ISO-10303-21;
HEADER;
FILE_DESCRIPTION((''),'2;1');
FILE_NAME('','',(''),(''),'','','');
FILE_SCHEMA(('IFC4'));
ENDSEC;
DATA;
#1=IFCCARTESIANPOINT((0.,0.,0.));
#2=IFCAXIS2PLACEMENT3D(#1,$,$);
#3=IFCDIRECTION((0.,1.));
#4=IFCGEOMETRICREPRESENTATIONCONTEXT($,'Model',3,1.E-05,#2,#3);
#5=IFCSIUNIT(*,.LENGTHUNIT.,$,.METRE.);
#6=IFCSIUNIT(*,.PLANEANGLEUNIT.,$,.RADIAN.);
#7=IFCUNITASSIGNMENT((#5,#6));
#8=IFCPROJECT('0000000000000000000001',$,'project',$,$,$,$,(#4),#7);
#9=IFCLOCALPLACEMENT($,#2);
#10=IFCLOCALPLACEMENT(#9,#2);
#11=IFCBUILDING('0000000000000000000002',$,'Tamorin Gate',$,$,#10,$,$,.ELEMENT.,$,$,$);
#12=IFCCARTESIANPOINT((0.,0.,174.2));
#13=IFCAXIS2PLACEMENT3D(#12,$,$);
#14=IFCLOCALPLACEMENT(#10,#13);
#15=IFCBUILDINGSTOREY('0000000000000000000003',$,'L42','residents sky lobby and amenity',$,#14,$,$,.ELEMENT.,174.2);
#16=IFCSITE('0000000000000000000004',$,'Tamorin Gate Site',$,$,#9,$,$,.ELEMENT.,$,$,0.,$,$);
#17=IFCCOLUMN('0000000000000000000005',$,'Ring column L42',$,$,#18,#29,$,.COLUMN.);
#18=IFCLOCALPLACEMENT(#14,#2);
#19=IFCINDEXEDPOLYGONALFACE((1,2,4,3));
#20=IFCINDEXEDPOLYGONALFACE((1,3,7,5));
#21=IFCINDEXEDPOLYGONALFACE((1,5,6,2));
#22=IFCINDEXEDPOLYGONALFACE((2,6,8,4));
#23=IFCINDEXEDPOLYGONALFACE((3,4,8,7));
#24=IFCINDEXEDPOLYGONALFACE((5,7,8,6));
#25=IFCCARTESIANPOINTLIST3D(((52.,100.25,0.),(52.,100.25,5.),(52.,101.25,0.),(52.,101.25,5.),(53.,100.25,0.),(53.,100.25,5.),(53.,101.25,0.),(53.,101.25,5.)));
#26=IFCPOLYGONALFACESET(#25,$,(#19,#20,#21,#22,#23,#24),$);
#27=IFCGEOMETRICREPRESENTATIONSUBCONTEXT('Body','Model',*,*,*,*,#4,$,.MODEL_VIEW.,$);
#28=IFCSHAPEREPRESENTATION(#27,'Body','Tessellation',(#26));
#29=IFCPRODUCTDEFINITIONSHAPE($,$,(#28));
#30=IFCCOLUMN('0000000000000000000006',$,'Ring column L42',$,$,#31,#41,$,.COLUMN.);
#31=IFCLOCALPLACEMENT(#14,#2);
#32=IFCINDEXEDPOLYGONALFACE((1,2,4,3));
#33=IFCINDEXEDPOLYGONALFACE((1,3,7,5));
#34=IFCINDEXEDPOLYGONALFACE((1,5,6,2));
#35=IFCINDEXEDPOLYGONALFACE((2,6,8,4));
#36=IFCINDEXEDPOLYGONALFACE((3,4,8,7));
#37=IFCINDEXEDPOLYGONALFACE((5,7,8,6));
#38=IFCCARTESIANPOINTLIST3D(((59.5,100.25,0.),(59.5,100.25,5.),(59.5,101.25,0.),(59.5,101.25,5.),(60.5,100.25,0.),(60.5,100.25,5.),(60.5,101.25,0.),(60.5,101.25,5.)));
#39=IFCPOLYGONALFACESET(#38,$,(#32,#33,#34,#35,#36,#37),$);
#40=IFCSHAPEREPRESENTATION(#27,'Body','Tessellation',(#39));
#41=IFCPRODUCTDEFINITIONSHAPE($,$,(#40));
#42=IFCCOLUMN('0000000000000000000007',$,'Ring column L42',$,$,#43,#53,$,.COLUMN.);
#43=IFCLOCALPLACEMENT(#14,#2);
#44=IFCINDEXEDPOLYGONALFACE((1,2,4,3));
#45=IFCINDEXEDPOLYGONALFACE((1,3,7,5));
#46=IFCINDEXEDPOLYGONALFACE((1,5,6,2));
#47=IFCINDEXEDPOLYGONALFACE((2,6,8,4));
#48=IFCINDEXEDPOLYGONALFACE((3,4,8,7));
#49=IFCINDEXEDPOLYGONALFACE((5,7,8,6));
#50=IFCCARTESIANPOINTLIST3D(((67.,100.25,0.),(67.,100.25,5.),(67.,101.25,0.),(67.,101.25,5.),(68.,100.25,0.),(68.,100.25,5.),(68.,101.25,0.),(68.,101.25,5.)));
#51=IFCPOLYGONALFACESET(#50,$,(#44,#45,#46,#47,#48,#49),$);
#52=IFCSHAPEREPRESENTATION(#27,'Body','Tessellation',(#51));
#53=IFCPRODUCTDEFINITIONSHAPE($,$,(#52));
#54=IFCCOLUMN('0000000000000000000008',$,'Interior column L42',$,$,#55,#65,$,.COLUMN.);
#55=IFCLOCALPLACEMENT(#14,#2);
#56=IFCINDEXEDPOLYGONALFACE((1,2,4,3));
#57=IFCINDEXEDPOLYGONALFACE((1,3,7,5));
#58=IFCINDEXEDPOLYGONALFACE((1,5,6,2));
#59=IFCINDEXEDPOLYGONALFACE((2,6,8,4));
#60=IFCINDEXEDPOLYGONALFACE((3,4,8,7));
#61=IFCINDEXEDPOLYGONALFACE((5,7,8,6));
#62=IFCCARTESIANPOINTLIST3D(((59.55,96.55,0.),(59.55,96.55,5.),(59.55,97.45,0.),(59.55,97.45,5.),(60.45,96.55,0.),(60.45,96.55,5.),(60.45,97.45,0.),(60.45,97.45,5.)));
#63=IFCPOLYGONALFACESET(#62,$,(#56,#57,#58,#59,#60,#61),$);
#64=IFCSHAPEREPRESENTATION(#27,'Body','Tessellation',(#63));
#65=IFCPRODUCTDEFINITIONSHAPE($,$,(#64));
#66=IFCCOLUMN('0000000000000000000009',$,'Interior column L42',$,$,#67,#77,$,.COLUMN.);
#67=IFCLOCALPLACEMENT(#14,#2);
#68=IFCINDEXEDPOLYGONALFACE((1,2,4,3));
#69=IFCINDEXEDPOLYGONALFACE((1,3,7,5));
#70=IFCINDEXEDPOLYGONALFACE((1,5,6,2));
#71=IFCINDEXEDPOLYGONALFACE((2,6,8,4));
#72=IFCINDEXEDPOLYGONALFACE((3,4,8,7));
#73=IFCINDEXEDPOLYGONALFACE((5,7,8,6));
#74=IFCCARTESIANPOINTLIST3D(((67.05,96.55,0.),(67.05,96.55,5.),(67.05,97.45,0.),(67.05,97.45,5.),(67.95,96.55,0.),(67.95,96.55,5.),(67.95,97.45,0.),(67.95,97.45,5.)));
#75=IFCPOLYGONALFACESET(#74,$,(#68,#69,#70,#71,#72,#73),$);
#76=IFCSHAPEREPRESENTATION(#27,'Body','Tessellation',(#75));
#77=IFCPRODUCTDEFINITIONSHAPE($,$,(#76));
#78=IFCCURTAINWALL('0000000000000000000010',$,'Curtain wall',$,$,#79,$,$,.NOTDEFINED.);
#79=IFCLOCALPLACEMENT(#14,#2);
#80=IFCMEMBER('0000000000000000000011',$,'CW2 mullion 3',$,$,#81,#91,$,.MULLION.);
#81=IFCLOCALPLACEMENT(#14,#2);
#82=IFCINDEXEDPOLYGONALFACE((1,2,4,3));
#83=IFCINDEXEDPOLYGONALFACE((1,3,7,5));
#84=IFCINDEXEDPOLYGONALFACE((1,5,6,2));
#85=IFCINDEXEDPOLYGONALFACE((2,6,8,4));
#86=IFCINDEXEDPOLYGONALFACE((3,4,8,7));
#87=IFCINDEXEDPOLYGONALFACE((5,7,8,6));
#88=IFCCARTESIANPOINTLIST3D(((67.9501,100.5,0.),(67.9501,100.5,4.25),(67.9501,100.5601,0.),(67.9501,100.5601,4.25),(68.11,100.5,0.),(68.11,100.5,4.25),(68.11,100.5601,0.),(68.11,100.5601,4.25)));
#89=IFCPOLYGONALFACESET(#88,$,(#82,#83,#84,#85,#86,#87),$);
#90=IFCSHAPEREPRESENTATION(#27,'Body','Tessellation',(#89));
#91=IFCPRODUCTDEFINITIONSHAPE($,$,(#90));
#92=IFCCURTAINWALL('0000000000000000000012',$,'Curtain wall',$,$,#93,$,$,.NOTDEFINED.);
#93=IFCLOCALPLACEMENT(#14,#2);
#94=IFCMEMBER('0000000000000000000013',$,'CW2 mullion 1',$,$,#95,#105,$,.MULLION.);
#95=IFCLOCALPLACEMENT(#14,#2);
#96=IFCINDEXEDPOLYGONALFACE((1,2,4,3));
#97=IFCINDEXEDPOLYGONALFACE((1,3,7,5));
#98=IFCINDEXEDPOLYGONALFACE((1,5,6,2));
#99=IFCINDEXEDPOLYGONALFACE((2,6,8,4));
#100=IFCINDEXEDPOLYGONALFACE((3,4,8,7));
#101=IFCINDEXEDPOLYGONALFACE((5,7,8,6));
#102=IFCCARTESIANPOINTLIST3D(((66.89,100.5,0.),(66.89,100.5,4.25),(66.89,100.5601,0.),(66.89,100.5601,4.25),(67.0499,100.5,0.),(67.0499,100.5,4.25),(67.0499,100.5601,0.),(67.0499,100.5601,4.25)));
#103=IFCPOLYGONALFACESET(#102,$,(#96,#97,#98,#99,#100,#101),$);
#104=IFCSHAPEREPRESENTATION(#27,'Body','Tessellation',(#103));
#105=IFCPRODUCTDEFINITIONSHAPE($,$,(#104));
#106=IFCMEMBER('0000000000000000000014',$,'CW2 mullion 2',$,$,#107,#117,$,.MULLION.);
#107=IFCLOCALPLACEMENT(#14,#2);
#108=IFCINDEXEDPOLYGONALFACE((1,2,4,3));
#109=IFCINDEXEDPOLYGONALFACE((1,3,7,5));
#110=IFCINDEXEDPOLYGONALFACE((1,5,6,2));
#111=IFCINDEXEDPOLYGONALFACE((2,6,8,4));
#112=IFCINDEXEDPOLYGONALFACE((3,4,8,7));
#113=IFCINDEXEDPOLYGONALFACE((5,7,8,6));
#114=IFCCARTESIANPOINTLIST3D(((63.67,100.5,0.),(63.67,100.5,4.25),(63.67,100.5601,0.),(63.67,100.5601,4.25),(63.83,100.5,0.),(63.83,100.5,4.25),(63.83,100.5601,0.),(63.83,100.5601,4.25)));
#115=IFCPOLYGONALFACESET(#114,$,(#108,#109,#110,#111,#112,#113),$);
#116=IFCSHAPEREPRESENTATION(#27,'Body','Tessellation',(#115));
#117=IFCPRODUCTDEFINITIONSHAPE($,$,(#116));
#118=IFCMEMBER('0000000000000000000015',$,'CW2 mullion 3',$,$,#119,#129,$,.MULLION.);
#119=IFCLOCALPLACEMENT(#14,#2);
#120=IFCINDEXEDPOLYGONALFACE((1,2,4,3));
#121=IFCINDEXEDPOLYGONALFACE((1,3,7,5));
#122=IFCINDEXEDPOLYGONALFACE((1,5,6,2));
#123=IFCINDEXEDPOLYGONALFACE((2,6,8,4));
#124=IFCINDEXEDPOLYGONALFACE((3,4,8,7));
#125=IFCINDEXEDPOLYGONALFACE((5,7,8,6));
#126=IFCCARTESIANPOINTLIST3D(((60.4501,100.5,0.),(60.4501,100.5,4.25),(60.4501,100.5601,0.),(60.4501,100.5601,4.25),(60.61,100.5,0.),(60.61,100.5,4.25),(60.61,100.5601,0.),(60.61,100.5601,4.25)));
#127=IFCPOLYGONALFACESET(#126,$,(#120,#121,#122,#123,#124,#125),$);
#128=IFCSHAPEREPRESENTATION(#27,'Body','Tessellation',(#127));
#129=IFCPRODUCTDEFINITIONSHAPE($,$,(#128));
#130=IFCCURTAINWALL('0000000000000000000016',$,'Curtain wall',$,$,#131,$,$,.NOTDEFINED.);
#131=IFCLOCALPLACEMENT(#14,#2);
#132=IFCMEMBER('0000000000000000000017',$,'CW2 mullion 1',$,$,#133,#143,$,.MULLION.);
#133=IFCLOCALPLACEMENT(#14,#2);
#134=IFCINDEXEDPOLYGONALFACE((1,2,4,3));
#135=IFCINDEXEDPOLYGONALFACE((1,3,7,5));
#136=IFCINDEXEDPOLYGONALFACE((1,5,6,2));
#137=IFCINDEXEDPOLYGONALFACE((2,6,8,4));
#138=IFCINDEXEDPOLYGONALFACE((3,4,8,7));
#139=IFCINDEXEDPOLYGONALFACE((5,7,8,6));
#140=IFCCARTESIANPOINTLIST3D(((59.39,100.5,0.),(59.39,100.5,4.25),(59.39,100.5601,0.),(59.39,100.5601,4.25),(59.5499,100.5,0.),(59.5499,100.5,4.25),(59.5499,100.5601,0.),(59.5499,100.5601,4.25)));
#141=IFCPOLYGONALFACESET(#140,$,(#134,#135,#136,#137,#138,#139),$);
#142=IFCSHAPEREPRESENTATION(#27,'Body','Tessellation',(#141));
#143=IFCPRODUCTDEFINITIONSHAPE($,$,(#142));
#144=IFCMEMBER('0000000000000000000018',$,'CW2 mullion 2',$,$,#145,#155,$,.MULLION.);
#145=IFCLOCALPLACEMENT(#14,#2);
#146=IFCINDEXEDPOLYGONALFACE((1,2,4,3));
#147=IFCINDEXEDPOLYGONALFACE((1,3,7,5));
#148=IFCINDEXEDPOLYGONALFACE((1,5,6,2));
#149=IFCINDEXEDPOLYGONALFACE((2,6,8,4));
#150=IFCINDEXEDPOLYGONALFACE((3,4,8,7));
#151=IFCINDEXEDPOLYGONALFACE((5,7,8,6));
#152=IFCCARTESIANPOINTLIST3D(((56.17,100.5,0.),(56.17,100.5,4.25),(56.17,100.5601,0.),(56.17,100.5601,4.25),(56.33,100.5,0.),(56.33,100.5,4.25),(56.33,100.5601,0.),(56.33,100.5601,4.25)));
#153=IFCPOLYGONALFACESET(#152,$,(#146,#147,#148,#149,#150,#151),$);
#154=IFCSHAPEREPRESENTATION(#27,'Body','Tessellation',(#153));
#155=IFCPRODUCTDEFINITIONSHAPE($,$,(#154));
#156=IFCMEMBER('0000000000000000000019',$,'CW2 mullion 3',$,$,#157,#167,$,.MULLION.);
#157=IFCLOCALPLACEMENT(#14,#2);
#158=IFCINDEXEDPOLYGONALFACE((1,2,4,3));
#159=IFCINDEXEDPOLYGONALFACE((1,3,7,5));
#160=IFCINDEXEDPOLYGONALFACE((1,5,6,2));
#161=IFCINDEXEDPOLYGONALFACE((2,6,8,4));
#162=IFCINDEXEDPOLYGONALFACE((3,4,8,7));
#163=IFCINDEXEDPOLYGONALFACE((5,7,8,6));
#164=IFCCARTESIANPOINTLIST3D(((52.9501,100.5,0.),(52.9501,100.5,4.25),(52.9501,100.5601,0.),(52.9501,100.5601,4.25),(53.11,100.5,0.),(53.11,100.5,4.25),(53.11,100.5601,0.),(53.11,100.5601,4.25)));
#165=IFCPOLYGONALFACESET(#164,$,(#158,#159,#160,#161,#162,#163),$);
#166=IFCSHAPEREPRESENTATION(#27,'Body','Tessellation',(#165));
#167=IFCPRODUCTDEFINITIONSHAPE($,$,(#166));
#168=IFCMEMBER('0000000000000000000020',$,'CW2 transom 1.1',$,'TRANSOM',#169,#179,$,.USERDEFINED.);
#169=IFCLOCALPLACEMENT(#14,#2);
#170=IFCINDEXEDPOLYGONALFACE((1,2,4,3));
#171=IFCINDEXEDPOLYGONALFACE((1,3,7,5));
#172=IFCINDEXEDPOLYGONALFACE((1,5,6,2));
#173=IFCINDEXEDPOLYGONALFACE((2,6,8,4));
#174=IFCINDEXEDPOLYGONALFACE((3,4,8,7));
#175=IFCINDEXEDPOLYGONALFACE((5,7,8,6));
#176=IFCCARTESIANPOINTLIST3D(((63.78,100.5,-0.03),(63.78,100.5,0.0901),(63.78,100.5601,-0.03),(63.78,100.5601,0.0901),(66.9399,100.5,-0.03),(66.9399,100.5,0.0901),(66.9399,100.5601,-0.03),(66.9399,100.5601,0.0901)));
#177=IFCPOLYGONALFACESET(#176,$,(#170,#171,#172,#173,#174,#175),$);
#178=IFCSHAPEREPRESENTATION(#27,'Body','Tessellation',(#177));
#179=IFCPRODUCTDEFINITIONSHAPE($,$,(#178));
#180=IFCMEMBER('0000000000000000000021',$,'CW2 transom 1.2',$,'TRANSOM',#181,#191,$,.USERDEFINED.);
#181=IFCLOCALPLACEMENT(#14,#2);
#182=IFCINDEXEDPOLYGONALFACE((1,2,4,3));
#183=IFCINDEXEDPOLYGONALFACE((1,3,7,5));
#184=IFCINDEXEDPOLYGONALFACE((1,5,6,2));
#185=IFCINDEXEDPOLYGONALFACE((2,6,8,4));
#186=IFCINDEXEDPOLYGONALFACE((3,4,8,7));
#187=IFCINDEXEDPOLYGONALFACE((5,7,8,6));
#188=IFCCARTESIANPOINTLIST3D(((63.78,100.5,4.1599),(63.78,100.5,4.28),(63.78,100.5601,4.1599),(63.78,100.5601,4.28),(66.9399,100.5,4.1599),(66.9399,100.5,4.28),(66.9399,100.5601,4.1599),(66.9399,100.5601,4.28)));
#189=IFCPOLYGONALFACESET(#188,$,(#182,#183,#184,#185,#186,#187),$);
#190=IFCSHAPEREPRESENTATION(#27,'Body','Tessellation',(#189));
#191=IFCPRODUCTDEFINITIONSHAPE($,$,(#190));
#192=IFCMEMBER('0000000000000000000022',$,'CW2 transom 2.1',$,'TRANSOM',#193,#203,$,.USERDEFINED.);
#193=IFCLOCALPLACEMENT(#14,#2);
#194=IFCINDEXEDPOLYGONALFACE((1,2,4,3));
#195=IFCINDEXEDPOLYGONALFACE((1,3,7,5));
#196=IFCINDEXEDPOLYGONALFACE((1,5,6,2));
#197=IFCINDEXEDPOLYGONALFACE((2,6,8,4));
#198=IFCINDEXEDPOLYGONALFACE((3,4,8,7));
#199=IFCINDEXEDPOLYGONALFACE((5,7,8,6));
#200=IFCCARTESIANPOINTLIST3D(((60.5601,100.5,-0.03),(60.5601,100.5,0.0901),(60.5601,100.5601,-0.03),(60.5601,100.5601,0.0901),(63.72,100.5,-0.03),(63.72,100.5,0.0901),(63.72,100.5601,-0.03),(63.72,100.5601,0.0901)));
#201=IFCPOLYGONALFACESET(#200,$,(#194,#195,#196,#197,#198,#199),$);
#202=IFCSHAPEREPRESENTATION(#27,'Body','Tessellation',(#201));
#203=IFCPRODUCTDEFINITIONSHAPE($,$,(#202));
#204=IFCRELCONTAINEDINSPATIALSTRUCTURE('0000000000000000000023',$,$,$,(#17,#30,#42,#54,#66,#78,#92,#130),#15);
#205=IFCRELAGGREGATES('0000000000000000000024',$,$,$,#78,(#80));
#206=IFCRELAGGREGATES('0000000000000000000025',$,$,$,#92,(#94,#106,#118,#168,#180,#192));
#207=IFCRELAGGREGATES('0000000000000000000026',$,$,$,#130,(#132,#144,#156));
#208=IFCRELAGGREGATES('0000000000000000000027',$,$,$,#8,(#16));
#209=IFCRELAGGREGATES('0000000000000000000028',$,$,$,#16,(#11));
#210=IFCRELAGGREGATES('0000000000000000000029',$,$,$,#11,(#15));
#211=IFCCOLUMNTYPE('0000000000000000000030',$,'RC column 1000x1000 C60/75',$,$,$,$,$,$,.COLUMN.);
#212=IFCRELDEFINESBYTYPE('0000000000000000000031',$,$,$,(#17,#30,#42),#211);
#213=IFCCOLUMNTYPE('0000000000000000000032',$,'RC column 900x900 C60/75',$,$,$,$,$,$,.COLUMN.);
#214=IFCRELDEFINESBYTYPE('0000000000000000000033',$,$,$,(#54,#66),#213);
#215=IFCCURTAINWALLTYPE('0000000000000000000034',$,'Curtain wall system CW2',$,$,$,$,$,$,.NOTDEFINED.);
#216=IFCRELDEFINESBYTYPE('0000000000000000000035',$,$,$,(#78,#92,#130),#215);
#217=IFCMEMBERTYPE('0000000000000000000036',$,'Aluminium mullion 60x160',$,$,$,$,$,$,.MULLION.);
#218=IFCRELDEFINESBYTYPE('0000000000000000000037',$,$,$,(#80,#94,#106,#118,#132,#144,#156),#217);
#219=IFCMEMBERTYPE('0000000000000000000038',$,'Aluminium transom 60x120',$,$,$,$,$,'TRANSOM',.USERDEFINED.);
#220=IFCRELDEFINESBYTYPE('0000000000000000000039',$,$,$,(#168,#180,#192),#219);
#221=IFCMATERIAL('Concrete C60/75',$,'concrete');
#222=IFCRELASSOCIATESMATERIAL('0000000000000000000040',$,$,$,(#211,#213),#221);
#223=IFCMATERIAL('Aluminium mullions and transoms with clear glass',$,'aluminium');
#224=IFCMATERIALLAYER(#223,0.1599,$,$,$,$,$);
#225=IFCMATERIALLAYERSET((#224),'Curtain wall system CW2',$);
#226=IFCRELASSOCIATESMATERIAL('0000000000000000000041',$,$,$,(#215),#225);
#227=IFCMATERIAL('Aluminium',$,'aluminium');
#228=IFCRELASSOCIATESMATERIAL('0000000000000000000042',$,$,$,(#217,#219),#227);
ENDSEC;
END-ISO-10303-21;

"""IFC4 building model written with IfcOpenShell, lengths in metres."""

from ifc_helpers import new_model, si_unit, direction, frame, origin, origin_2d, place, context, subcontext, project, spatial, rectangle, extrude, material, layer, layer_set, material_profile, profile_set, type_object, element, aggregate, save


model = new_model("IFC4")

# Units and contexts
model_context = context("Model", 3, precision=1e-05, world=origin(), true_north=direction((0.0, 1.0)))
body_context = subcontext(model_context, "Body", "Model", "MODEL_VIEW")
ifc_project = project(units=[si_unit("LENGTHUNIT", "METRE"), si_unit("PLANEANGLEUNIT", "RADIAN")], contexts=[model_context])

# Site, building, storey
site_placement = place(None, origin())
site = spatial("IfcSite", under=ifc_project, at=site_placement, Name="Tamorin Gate Site", CompositionType="ELEMENT", RefElevation=0.0)
building_placement = place(site_placement, origin())
building = spatial("IfcBuilding", under=site, at=building_placement, Name="Tamorin Gate", CompositionType="ELEMENT")
storey_placement = place(building_placement, frame((0.0, 0.0, 174.2)))
storey = spatial("IfcBuildingStorey", under=building, at=storey_placement, Name="L42", Description="residents sky lobby and amenity", CompositionType="ELEMENT", Elevation=174.2)

# Columns
ifc_material_1 = material(Name="Concrete C60/75", Category="concrete")
ifc_material_profile_1 = material_profile(ifc_material_1, rectangle(XDim=1.0, YDim=1.0, at=origin_2d()), Name="RC 1000x1000")
ifc_profile_set_1 = profile_set([ifc_material_profile_1], Name="Concrete C60/75")
column_type_1 = type_object("IfcColumnType", Name="RC column 1000x1000 C60/75", PredefinedType="COLUMN", material=ifc_profile_set_1)
for number, where, z_axis, x_axis, name in (
    (1, (52.5, 100.75, 0.0), (0.0, 0.0, 1.0), (1.0, 0.0, 0.0), "Ring column L42"),
    (2, (60.0, 100.75, 0.0), (0.0, 0.0, 1.0), (1.0, 0.0, 0.0), "Ring column L42"),
    (3, (67.5, 100.75, 0.0), (0.0, 0.0, 1.0), (1.0, 0.0, 0.0), "Ring column L42"),
):
    element("IfcColumn", number, at=place(storey_placement, frame(where, z_axis=z_axis, x_axis=x_axis)), inside=storey, type_object=column_type_1, Name=name, PredefinedType="COLUMN", context=body_context, shape_type="SweptSolid", body=[
        extrude(rectangle(XDim=1.0, YDim=1.0, at=origin_2d()), origin(), (0.0, 0.0, 1.0), 5.0),
    ])
ifc_material_profile_2 = material_profile(ifc_material_1, rectangle(XDim=0.8999, YDim=0.8999, at=origin_2d()), Name="RC 900x900")
ifc_profile_set_2 = profile_set([ifc_material_profile_2], Name="Concrete C60/75")
column_type_2 = type_object("IfcColumnType", Name="RC column 900x900 C60/75", PredefinedType="COLUMN", material=ifc_profile_set_2)
for number, where, z_axis, x_axis, name in (
    (4, (60.0, 97.0, 0.0), (0.0, 0.0, 1.0), (1.0, 0.0, 0.0), "Interior column L42"),
    (5, (67.5, 97.0, 0.0), (0.0, 0.0, 1.0), (1.0, 0.0, 0.0), "Interior column L42"),
):
    element("IfcColumn", number, at=place(storey_placement, frame(where, z_axis=z_axis, x_axis=x_axis)), inside=storey, type_object=column_type_2, Name=name, PredefinedType="COLUMN", context=body_context, shape_type="SweptSolid", body=[
        extrude(rectangle(XDim=0.8999, YDim=0.8999, at=origin_2d()), origin(), (0.0, 0.0, 1.0), 5.0),
    ])

# Curtain wall, member
ifc_material_2 = material(Name="Aluminium mullions and transoms with clear glass", Category="aluminium")
ifc_layer_1 = layer(ifc_material_2, 0.1599)
ifc_layer_set_1 = layer_set([ifc_layer_1], Name="Curtain wall system CW2")
curtain_wall_type = type_object("IfcCurtainWallType", Name="Curtain wall system CW2", PredefinedType="NOTDEFINED", material=ifc_layer_set_1)
curtain_wall_1_placement = place(storey_placement, origin())
curtain_wall_1 = element("IfcCurtainWall", 6, at=curtain_wall_1_placement, inside=storey, type_object=curtain_wall_type, Name="Curtain wall", PredefinedType="NOTDEFINED")
ifc_material_3 = material(Name="Aluminium", Category="aluminium")
ifc_material_profile_3 = material_profile(ifc_material_3, rectangle(XDim=0.0601, YDim=0.1599, at=origin_2d()), Name="RECT 60x160")
ifc_profile_set_3 = profile_set([ifc_material_profile_3], Name="Aluminium")
member_type_1 = type_object("IfcMemberType", Name="Aluminium mullion 60x160", PredefinedType="MULLION", material=ifc_profile_set_3)
member_1_placement = place(storey_placement, frame((68.03, 100.53, 0.0), z_axis=(0.0, 0.0, 1.0), x_axis=(0.0, -1.0, 0.0)))
member_1 = element("IfcMember", 7, at=member_1_placement, type_object=member_type_1, Name="CW2 mullion 3", PredefinedType="MULLION", context=body_context, shape_type="SweptSolid", body=[
    extrude(rectangle(XDim=0.0601, YDim=0.1599, at=origin_2d()), origin(), (0.0, 0.0, 1.0), 4.25),
])

# Curtain walls, members
curtain_wall_2_placement = place(storey_placement, origin())
curtain_wall_2 = element("IfcCurtainWall", 8, at=curtain_wall_2_placement, inside=storey, type_object=curtain_wall_type, Name="Curtain wall", PredefinedType="NOTDEFINED")
member_2_placement = place(storey_placement, frame((66.97, 100.53, 0.0), z_axis=(0.0, 0.0, 1.0), x_axis=(0.0, -1.0, 0.0)))
member_2 = element("IfcMember", 9, at=member_2_placement, type_object=member_type_1, Name="CW2 mullion 1", PredefinedType="MULLION", context=body_context, shape_type="SweptSolid", body=[
    extrude(rectangle(XDim=0.0601, YDim=0.1599, at=origin_2d()), origin(), (0.0, 0.0, 1.0), 4.25),
])
member_3_placement = place(storey_placement, frame((63.75, 100.53, 0.0), z_axis=(0.0, 0.0, 1.0), x_axis=(0.0, -1.0, 0.0)))
member_3 = element("IfcMember", 10, at=member_3_placement, type_object=member_type_1, Name="CW2 mullion 2", PredefinedType="MULLION", context=body_context, shape_type="SweptSolid", body=[
    extrude(rectangle(XDim=0.0601, YDim=0.1599, at=origin_2d()), origin(), (0.0, 0.0, 1.0), 4.25),
])
member_4_placement = place(storey_placement, frame((60.53, 100.53, 0.0), z_axis=(0.0, 0.0, 1.0), x_axis=(0.0, -1.0, 0.0)))
member_4 = element("IfcMember", 11, at=member_4_placement, type_object=member_type_1, Name="CW2 mullion 3", PredefinedType="MULLION", context=body_context, shape_type="SweptSolid", body=[
    extrude(rectangle(XDim=0.0601, YDim=0.1599, at=origin_2d()), origin(), (0.0, 0.0, 1.0), 4.25),
])
curtain_wall_3_placement = place(storey_placement, origin())
curtain_wall_3 = element("IfcCurtainWall", 12, at=curtain_wall_3_placement, inside=storey, type_object=curtain_wall_type, Name="Curtain wall", PredefinedType="NOTDEFINED")
member_5_placement = place(storey_placement, frame((59.47, 100.53, 0.0), z_axis=(0.0, 0.0, 1.0), x_axis=(0.0, -1.0, 0.0)))
member_5 = element("IfcMember", 13, at=member_5_placement, type_object=member_type_1, Name="CW2 mullion 1", PredefinedType="MULLION", context=body_context, shape_type="SweptSolid", body=[
    extrude(rectangle(XDim=0.0601, YDim=0.1599, at=origin_2d()), origin(), (0.0, 0.0, 1.0), 4.25),
])
member_6_placement = place(storey_placement, frame((56.25, 100.53, 0.0), z_axis=(0.0, 0.0, 1.0), x_axis=(0.0, -1.0, 0.0)))
member_6 = element("IfcMember", 14, at=member_6_placement, type_object=member_type_1, Name="CW2 mullion 2", PredefinedType="MULLION", context=body_context, shape_type="SweptSolid", body=[
    extrude(rectangle(XDim=0.0601, YDim=0.1599, at=origin_2d()), origin(), (0.0, 0.0, 1.0), 4.25),
])
member_7_placement = place(storey_placement, frame((53.03, 100.53, 0.0), z_axis=(0.0, 0.0, 1.0), x_axis=(0.0, -1.0, 0.0)))
member_7 = element("IfcMember", 15, at=member_7_placement, type_object=member_type_1, Name="CW2 mullion 3", PredefinedType="MULLION", context=body_context, shape_type="SweptSolid", body=[
    extrude(rectangle(XDim=0.0601, YDim=0.1599, at=origin_2d()), origin(), (0.0, 0.0, 1.0), 4.25),
])

# Members
ifc_material_profile_4 = material_profile(ifc_material_3, rectangle(XDim=0.0601, YDim=0.1201, at=origin_2d()), Name="RECT 60x120")
ifc_profile_set_4 = profile_set([ifc_material_profile_4], Name="Aluminium")
member_type_2 = type_object("IfcMemberType", Name="Aluminium transom 60x120", ElementType="TRANSOM", PredefinedType="USERDEFINED", material=ifc_profile_set_4)
member_8_placement = place(storey_placement, frame((66.9399, 100.53, 0.03), z_axis=(-1.0, 0.0, 0.0), x_axis=(0.0, -1.0, 0.0)))
member_8 = element("IfcMember", 16, at=member_8_placement, type_object=member_type_2, Name="CW2 transom 1.1", ObjectType="TRANSOM", PredefinedType="USERDEFINED", context=body_context, shape_type="SweptSolid", body=[
    extrude(rectangle(XDim=0.0601, YDim=0.1201, at=origin_2d()), origin(), (0.0, 0.0, 1.0), 3.1599),
])
member_9_placement = place(storey_placement, frame((66.9399, 100.53, 4.22), z_axis=(-1.0, 0.0, 0.0), x_axis=(0.0, -1.0, 0.0)))
member_9 = element("IfcMember", 17, at=member_9_placement, type_object=member_type_2, Name="CW2 transom 1.2", ObjectType="TRANSOM", PredefinedType="USERDEFINED", context=body_context, shape_type="SweptSolid", body=[
    extrude(rectangle(XDim=0.0601, YDim=0.1201, at=origin_2d()), origin(), (0.0, 0.0, 1.0), 3.1599),
])
member_10_placement = place(storey_placement, frame((63.72, 100.53, 0.03), z_axis=(-1.0, 0.0, 0.0), x_axis=(0.0, -1.0, 0.0)))
member_10 = element("IfcMember", 18, at=member_10_placement, type_object=member_type_2, Name="CW2 transom 2.1", ObjectType="TRANSOM", PredefinedType="USERDEFINED", context=body_context, shape_type="SweptSolid", body=[
    extrude(rectangle(XDim=0.0601, YDim=0.1201, at=origin_2d()), origin(), (0.0, 0.0, 1.0), 3.1599),
])

aggregate(curtain_wall_1, [member_1])
aggregate(curtain_wall_2, [member_2, member_3, member_4, member_8, member_9, member_10])
aggregate(curtain_wall_3, [member_5, member_6, member_7])

save(model, "model.ifc")
